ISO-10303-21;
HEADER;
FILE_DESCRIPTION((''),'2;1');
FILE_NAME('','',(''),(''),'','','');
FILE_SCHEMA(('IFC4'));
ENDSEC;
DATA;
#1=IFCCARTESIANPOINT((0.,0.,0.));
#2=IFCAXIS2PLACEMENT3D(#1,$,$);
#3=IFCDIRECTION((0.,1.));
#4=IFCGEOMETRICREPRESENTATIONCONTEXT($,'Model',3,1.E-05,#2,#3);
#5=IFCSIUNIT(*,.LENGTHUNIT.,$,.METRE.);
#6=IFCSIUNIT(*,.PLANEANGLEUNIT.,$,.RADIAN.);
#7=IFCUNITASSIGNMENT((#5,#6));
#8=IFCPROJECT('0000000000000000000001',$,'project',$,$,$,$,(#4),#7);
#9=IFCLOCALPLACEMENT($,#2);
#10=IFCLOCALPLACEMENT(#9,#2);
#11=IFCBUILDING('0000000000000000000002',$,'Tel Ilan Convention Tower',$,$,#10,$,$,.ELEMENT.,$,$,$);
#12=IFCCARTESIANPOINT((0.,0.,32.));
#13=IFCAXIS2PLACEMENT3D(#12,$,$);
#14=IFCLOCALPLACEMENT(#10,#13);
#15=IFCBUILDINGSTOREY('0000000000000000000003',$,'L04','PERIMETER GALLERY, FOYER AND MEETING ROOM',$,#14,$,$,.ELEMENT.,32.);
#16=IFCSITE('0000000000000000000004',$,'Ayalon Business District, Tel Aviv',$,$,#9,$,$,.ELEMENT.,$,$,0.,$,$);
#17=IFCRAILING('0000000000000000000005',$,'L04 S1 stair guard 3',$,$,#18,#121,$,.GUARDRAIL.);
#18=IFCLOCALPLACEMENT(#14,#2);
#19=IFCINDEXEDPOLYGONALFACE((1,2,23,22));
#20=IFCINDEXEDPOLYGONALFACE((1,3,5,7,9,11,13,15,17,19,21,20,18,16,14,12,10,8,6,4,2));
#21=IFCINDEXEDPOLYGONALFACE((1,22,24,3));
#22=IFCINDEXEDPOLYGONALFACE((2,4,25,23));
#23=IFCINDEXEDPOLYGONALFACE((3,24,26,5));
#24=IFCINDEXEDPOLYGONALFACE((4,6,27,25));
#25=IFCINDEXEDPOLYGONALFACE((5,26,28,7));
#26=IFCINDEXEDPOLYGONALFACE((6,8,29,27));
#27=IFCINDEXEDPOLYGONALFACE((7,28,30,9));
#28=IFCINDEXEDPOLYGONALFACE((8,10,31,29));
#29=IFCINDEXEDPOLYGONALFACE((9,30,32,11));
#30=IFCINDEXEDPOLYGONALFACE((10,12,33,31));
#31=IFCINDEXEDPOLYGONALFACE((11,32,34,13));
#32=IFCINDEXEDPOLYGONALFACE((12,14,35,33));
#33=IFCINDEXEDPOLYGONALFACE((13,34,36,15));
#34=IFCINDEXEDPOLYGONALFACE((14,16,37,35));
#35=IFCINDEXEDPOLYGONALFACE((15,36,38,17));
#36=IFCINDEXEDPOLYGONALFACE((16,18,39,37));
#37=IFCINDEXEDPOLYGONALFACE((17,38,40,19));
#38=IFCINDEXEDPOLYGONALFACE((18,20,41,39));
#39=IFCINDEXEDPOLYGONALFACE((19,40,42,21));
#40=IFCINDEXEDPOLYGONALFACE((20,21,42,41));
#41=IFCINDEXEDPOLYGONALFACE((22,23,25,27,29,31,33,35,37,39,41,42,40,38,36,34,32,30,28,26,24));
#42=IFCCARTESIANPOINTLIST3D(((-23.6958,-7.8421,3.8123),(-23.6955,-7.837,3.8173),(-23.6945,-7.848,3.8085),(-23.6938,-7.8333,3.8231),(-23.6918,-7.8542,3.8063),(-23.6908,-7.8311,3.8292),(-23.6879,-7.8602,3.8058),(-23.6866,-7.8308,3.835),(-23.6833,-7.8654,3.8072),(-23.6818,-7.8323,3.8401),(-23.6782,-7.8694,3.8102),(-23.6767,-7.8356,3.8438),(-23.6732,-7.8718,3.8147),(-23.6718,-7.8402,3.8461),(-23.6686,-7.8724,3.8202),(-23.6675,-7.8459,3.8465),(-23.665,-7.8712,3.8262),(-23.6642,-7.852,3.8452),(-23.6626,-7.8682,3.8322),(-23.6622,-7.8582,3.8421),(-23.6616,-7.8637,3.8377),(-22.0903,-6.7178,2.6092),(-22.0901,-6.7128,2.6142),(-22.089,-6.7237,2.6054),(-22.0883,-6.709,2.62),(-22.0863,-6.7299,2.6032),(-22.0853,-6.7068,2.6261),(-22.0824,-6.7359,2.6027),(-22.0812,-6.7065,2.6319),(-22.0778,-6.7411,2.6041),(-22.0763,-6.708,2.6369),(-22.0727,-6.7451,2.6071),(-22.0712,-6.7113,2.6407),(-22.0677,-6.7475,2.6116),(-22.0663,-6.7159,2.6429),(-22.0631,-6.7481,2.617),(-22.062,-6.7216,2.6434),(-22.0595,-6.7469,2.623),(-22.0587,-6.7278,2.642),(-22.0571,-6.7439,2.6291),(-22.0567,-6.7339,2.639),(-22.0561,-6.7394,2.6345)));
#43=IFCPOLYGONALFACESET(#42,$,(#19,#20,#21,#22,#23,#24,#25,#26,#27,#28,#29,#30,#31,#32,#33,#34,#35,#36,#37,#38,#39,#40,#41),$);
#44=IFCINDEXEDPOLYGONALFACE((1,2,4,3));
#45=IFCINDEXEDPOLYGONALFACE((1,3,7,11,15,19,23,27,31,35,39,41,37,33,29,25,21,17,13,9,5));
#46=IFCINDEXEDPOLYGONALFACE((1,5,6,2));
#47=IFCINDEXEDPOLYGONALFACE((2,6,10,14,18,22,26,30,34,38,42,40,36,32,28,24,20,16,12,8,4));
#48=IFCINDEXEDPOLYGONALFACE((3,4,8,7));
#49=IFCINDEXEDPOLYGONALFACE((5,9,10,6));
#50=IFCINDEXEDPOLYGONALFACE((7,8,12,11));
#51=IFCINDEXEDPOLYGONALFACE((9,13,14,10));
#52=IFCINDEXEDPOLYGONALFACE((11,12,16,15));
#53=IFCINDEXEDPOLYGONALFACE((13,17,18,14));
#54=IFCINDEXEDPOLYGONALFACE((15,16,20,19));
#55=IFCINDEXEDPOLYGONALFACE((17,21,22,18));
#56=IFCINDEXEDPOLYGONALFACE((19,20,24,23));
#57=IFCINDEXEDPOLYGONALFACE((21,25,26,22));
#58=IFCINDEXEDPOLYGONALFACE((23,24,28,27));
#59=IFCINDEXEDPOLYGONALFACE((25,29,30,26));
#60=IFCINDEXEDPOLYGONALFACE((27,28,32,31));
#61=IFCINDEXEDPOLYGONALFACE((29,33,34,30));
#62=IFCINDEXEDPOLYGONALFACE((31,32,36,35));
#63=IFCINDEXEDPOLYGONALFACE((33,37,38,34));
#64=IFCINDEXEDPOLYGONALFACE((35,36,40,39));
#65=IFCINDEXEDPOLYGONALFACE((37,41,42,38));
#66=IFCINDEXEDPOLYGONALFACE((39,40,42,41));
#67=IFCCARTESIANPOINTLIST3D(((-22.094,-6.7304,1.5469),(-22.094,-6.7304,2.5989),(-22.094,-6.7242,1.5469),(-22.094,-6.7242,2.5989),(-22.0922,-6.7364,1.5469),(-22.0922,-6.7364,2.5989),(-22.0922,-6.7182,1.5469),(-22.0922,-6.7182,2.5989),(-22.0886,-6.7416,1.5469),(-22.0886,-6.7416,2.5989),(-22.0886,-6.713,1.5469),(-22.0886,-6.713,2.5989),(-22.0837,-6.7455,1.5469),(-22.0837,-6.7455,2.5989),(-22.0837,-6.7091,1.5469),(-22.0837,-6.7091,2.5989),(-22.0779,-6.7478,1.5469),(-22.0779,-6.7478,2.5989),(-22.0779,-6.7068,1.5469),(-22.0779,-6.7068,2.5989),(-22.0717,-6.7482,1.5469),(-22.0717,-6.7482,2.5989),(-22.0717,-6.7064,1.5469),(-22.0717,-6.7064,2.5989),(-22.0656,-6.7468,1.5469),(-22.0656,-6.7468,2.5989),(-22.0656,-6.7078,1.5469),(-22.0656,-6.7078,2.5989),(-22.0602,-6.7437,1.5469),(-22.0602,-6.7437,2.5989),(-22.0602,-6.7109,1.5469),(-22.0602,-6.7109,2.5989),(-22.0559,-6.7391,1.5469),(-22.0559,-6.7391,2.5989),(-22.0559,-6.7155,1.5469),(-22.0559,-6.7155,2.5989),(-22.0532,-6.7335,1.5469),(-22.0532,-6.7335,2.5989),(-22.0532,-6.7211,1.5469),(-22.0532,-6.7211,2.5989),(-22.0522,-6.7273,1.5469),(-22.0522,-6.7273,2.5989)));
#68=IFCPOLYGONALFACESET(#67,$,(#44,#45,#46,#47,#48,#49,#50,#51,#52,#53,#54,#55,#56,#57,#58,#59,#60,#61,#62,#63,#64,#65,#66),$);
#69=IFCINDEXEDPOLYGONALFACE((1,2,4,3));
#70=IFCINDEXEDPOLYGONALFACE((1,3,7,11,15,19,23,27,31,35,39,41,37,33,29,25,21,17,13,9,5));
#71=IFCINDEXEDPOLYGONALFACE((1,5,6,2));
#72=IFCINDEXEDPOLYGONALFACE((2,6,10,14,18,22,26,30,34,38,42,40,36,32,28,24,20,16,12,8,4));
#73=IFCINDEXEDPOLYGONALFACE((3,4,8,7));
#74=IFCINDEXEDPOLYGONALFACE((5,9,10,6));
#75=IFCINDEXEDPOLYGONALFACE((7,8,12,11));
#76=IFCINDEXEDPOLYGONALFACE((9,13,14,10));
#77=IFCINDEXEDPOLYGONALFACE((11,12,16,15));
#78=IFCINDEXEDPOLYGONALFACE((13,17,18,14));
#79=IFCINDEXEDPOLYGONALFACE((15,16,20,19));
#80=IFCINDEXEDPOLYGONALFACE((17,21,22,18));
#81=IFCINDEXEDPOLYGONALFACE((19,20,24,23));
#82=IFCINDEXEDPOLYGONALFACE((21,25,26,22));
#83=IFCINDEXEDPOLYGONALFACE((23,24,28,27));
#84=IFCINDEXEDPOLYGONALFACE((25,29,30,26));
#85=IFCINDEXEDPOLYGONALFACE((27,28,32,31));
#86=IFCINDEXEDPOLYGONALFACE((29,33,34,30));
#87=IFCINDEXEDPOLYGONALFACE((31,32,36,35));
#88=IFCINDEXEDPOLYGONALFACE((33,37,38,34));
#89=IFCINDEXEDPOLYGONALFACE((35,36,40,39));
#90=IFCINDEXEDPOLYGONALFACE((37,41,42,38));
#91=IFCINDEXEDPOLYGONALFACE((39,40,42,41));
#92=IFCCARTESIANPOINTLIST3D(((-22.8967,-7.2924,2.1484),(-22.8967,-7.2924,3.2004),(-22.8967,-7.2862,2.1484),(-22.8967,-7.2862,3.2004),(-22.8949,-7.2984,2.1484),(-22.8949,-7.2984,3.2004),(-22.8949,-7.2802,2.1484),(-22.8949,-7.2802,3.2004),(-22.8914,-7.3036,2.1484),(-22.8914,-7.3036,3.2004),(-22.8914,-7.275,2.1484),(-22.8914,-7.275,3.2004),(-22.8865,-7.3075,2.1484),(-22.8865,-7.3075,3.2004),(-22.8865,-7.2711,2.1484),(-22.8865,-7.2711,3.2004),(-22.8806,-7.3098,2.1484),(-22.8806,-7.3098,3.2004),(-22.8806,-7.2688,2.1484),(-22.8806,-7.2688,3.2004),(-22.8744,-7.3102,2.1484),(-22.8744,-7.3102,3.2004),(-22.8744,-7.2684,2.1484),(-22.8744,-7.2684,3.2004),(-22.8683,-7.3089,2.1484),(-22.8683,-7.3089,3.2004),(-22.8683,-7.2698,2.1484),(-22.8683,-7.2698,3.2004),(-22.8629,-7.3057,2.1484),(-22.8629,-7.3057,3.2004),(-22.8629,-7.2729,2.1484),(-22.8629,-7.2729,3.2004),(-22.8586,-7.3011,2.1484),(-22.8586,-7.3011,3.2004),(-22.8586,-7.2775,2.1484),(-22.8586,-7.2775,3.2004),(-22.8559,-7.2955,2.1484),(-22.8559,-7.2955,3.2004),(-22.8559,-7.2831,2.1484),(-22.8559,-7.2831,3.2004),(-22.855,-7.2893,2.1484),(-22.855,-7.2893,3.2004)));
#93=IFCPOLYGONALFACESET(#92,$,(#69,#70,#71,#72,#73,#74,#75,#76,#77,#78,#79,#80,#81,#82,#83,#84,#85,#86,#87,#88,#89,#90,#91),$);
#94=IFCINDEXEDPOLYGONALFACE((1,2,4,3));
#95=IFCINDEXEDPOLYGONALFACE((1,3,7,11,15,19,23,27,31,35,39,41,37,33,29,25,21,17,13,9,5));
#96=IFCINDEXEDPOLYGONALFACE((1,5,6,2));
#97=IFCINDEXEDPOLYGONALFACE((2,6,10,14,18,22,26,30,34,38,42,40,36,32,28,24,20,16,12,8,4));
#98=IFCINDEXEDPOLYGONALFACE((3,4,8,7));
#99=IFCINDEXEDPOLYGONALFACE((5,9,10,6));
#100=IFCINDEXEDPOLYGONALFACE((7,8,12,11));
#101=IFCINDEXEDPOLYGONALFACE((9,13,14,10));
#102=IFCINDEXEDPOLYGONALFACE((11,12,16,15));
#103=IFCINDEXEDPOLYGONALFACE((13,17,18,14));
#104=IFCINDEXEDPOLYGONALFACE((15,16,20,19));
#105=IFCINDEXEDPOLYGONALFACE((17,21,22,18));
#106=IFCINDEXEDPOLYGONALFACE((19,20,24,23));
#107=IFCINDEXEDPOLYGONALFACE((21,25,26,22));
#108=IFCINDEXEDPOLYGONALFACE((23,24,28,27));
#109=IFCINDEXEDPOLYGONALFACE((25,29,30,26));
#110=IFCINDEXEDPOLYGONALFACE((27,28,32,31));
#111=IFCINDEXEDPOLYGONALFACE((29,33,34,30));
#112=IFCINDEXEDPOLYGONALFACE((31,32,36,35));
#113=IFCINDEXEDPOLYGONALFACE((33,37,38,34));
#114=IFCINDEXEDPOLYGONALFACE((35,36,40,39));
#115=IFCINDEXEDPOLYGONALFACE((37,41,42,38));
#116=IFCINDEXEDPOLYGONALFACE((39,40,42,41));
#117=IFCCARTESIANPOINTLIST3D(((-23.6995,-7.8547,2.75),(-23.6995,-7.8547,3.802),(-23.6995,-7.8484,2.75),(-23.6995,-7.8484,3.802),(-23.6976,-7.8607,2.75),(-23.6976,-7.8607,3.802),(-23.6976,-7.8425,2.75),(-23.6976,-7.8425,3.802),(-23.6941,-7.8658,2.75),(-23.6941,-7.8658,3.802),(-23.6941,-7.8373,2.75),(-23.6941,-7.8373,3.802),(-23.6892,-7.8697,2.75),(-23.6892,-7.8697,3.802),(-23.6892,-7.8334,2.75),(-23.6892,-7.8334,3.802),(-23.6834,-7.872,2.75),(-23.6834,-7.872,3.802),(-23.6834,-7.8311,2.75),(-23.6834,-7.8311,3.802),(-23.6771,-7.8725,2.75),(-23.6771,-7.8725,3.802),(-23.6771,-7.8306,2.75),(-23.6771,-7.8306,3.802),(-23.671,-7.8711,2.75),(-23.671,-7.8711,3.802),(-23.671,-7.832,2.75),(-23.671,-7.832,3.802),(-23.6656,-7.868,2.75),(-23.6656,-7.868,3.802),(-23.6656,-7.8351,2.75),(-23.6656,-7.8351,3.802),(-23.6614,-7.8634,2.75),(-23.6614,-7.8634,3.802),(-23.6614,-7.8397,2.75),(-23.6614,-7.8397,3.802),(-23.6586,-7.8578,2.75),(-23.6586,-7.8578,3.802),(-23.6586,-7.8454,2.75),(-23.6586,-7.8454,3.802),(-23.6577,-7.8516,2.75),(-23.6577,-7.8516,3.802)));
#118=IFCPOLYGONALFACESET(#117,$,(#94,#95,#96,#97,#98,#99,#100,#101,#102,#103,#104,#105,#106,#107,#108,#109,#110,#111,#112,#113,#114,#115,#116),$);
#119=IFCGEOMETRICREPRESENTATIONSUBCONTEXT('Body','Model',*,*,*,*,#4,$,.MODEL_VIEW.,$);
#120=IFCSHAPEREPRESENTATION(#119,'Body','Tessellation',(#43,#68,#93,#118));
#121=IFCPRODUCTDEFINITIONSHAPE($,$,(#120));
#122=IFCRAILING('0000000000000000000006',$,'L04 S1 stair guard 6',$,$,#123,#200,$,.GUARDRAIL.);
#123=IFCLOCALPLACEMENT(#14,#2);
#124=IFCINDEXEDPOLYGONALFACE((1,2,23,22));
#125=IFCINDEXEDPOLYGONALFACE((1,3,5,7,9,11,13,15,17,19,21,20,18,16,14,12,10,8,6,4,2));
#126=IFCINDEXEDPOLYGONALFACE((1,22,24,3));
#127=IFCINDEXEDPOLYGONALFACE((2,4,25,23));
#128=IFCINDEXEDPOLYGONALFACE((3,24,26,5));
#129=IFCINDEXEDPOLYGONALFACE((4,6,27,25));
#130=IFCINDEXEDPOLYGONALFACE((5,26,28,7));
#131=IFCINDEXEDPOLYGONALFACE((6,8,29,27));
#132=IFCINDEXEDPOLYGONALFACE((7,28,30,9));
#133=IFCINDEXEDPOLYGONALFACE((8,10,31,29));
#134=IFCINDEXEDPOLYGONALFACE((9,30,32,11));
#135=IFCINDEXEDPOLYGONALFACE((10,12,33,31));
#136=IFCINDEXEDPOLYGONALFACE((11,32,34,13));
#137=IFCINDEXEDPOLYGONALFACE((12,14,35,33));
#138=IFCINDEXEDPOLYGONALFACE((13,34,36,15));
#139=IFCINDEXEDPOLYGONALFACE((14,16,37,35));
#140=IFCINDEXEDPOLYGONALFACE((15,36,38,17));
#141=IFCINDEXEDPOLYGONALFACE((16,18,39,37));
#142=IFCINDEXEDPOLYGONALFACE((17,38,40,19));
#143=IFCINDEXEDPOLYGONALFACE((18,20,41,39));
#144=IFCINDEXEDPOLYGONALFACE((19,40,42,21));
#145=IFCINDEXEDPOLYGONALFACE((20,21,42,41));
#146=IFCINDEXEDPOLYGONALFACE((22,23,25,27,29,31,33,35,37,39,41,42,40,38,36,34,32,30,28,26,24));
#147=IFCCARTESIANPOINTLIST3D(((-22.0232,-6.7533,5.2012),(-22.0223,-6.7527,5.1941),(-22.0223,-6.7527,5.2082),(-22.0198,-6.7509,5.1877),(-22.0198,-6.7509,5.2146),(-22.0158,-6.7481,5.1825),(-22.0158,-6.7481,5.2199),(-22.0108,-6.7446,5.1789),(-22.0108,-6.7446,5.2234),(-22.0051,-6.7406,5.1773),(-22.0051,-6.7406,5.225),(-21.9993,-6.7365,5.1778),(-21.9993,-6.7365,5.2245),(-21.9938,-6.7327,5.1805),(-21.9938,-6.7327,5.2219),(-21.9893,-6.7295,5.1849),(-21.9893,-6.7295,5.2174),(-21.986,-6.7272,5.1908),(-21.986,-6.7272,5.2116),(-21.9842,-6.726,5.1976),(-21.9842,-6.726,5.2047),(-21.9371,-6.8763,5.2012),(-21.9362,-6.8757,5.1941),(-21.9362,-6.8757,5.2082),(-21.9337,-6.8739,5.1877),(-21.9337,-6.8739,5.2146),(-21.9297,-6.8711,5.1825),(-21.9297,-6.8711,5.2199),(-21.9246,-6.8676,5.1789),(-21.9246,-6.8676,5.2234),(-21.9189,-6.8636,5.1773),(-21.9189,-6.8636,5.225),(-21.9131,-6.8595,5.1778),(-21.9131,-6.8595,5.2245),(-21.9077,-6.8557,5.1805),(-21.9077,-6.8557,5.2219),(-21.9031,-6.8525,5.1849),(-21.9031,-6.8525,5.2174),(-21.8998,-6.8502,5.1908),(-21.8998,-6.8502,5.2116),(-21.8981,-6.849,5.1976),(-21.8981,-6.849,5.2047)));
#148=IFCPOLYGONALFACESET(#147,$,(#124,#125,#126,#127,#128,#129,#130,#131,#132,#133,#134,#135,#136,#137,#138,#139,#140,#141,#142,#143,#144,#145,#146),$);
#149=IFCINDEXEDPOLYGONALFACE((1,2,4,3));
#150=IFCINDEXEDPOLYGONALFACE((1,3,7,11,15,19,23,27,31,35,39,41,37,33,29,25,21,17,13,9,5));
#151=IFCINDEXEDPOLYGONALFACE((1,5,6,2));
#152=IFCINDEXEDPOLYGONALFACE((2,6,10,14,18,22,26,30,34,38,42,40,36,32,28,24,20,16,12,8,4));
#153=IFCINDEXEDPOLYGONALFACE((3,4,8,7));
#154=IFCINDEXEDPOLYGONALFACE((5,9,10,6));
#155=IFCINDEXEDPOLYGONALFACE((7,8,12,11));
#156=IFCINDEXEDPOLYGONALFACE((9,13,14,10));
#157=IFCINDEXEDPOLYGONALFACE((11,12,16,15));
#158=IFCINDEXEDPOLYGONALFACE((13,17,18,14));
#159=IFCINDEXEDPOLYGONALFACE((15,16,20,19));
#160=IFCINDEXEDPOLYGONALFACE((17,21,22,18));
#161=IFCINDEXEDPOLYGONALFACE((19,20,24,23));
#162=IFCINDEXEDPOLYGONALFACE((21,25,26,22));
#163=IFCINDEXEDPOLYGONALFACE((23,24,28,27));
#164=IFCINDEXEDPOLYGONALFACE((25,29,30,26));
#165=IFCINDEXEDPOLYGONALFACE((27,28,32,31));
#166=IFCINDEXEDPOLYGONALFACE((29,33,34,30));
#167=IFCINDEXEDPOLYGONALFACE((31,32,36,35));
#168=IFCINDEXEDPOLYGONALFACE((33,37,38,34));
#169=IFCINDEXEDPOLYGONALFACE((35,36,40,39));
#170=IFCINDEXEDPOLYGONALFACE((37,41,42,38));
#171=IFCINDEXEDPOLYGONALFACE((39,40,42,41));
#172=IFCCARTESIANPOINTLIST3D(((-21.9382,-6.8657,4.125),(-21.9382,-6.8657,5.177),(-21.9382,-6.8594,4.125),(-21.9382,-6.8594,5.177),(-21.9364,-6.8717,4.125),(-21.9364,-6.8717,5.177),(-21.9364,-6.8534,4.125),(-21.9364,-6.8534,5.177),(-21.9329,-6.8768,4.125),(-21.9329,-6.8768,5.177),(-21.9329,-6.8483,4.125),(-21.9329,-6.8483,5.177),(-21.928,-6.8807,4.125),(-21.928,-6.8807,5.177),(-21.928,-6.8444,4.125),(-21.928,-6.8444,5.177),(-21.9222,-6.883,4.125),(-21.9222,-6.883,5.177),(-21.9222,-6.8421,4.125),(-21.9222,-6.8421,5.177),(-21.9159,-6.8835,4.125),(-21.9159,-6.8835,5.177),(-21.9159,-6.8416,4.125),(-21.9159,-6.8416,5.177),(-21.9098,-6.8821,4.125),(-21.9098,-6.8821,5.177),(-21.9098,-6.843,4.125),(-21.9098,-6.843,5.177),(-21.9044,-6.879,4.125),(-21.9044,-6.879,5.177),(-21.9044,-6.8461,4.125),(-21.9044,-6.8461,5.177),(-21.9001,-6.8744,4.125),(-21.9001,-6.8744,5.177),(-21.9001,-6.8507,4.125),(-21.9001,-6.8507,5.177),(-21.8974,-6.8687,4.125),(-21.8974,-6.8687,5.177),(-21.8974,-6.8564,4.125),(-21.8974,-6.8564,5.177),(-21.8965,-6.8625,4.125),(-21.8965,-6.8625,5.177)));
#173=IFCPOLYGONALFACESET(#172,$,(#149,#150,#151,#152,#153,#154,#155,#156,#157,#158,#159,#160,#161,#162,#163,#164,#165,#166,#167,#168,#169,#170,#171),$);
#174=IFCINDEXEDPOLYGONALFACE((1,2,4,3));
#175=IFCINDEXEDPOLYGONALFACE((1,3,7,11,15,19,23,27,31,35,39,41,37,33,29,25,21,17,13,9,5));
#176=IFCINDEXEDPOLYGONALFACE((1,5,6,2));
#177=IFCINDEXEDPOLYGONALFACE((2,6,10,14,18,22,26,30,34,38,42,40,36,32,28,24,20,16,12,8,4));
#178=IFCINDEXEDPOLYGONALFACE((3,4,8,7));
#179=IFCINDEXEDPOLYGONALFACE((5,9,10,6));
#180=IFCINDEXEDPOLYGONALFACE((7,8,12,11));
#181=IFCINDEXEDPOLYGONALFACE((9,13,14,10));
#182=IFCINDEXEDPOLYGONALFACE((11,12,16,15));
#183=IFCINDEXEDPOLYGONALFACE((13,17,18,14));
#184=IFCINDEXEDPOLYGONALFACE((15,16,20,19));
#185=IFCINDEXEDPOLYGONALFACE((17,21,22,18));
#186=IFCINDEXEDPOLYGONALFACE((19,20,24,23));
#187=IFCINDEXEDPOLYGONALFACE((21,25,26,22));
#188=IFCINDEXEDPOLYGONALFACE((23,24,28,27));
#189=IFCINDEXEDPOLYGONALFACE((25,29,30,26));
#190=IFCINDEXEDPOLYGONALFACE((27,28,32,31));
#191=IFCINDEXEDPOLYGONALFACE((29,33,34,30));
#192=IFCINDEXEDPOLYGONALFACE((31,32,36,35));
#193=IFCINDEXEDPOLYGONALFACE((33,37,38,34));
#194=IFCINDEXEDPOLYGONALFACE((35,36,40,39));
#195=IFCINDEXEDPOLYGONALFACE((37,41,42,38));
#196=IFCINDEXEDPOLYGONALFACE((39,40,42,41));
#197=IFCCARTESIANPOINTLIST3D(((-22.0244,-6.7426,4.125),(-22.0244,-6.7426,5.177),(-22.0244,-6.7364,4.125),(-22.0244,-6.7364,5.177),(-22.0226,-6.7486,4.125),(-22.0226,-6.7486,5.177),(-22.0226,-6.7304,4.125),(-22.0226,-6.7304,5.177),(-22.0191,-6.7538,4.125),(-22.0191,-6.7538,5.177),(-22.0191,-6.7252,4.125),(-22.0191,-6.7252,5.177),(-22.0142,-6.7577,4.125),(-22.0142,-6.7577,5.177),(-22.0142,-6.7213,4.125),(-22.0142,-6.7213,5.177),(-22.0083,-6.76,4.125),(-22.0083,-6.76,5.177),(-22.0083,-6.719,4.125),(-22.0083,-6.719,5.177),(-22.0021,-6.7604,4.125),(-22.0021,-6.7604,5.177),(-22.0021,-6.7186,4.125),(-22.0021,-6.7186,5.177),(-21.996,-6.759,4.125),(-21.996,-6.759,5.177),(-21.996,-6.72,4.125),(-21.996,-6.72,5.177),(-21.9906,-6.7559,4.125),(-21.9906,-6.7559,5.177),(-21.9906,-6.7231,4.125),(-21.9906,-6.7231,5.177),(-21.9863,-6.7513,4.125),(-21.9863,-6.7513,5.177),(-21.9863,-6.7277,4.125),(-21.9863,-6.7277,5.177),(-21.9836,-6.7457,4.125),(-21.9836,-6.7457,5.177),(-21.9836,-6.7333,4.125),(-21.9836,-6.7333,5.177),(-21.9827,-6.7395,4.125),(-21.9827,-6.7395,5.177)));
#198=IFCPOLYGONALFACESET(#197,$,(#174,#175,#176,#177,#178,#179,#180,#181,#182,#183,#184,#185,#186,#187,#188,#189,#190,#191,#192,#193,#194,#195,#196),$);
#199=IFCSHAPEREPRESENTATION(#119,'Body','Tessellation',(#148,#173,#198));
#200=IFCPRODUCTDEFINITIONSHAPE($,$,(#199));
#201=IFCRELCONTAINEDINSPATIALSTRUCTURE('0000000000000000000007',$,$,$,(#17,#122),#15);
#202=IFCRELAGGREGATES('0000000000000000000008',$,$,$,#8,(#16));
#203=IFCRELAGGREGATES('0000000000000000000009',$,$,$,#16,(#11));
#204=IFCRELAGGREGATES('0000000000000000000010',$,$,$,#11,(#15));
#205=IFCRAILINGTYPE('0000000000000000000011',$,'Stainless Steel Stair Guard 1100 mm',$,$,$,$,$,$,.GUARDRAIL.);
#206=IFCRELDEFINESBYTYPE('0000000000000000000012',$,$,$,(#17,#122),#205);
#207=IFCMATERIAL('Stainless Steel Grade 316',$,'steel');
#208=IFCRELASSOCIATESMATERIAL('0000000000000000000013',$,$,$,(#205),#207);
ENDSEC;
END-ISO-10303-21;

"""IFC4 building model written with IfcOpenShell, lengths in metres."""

from ifc_helpers import new_model, si_unit, direction, frame, origin, origin_2d, place, context, subcontext, project, spatial, circle, extrude, material, type_object, element, save


model = new_model("IFC4")

# Units and contexts
model_context = context("Model", 3, precision=1e-05, world=origin(), true_north=direction((0.0, 1.0)))
body_context = subcontext(model_context, "Body", "Model", "MODEL_VIEW")
ifc_project = project(units=[si_unit("LENGTHUNIT", "METRE"), si_unit("PLANEANGLEUNIT", "RADIAN")], contexts=[model_context])

# Site, building, storey
site_placement = place(None, origin())
site = spatial("IfcSite", under=ifc_project, at=site_placement, Name="Ayalon Business District, Tel Aviv", CompositionType="ELEMENT", RefElevation=0.0)
building_placement = place(site_placement, origin())
building = spatial("IfcBuilding", under=site, at=building_placement, Name="Tel Ilan Convention Tower", CompositionType="ELEMENT")
storey_placement = place(building_placement, frame((0.0, 0.0, 32.0)))
storey = spatial("IfcBuildingStorey", under=building, at=storey_placement, Name="L04", Description="PERIMETER GALLERY, FOYER AND MEETING ROOM", CompositionType="ELEMENT", Elevation=32.0)

# Railings
ifc_material_1 = material(Name="Stainless Steel Grade 316", Category="steel")
railing_type_1 = type_object("IfcRailingType", Name="Stainless Steel Stair Guard 1100 mm", PredefinedType="GUARDRAIL", material=ifc_material_1)
railing_1_placement = place(storey_placement, frame((-22.0732, -6.7273, 1.5469)))
element("IfcRailing", 1, at=railing_1_placement, inside=storey, type_object=railing_type_1, Name="L04 S1 stair guard 3", PredefinedType="GUARDRAIL", context=body_context, shape_type="SweptSolid", body=[
    extrude(circle(Radius=0.0239, at=origin_2d()), frame((0.0, 0.0, 1.0762), z_axis=(-0.698095, -0.488857, 0.523146), x_axis=(0.573613, -0.819127, 0.0)), (0.0, 0.0, 1.0), 2.2998),
    extrude(circle(Radius=0.021, at=origin_2d()), origin(), (0.0, 0.0, 1.0), 1.052),
    extrude(circle(Radius=0.021, at=origin_2d()), frame((-0.8027, -0.562, 0.6016)), (0.0, 0.0, 1.0), 1.052),
    extrude(circle(Radius=0.021, at=origin_2d()), frame((-1.6055, -1.1243, 1.2031)), (0.0, 0.0, 1.0), 1.052),
])
railing_2_placement = place(storey_placement, frame((-21.9175, -6.8625, 4.125)))
element("IfcRailing", 2, at=railing_2_placement, inside=storey, type_object=railing_type_1, Name="L04 S1 stair guard 6", PredefinedType="GUARDRAIL", context=body_context, shape_type="SweptSolid", body=[
    extrude(circle(Radius=0.0239, at=origin_2d()), frame((0.0, 0.0, 1.0762), z_axis=(-0.57368, 0.819079, 0.0), x_axis=(-0.819079, -0.57368, 0.0)), (0.0, 0.0, 1.0), 0.1501),
    extrude(circle(Radius=0.021, at=origin_2d()), origin(), (0.0, 0.0, 1.0), 1.052),
    extrude(circle(Radius=0.021, at=origin_2d()), frame((-0.0862, 0.123, 0.0)), (0.0, 0.0, 1.0), 1.052),
])

save(model, "model.ifc")
